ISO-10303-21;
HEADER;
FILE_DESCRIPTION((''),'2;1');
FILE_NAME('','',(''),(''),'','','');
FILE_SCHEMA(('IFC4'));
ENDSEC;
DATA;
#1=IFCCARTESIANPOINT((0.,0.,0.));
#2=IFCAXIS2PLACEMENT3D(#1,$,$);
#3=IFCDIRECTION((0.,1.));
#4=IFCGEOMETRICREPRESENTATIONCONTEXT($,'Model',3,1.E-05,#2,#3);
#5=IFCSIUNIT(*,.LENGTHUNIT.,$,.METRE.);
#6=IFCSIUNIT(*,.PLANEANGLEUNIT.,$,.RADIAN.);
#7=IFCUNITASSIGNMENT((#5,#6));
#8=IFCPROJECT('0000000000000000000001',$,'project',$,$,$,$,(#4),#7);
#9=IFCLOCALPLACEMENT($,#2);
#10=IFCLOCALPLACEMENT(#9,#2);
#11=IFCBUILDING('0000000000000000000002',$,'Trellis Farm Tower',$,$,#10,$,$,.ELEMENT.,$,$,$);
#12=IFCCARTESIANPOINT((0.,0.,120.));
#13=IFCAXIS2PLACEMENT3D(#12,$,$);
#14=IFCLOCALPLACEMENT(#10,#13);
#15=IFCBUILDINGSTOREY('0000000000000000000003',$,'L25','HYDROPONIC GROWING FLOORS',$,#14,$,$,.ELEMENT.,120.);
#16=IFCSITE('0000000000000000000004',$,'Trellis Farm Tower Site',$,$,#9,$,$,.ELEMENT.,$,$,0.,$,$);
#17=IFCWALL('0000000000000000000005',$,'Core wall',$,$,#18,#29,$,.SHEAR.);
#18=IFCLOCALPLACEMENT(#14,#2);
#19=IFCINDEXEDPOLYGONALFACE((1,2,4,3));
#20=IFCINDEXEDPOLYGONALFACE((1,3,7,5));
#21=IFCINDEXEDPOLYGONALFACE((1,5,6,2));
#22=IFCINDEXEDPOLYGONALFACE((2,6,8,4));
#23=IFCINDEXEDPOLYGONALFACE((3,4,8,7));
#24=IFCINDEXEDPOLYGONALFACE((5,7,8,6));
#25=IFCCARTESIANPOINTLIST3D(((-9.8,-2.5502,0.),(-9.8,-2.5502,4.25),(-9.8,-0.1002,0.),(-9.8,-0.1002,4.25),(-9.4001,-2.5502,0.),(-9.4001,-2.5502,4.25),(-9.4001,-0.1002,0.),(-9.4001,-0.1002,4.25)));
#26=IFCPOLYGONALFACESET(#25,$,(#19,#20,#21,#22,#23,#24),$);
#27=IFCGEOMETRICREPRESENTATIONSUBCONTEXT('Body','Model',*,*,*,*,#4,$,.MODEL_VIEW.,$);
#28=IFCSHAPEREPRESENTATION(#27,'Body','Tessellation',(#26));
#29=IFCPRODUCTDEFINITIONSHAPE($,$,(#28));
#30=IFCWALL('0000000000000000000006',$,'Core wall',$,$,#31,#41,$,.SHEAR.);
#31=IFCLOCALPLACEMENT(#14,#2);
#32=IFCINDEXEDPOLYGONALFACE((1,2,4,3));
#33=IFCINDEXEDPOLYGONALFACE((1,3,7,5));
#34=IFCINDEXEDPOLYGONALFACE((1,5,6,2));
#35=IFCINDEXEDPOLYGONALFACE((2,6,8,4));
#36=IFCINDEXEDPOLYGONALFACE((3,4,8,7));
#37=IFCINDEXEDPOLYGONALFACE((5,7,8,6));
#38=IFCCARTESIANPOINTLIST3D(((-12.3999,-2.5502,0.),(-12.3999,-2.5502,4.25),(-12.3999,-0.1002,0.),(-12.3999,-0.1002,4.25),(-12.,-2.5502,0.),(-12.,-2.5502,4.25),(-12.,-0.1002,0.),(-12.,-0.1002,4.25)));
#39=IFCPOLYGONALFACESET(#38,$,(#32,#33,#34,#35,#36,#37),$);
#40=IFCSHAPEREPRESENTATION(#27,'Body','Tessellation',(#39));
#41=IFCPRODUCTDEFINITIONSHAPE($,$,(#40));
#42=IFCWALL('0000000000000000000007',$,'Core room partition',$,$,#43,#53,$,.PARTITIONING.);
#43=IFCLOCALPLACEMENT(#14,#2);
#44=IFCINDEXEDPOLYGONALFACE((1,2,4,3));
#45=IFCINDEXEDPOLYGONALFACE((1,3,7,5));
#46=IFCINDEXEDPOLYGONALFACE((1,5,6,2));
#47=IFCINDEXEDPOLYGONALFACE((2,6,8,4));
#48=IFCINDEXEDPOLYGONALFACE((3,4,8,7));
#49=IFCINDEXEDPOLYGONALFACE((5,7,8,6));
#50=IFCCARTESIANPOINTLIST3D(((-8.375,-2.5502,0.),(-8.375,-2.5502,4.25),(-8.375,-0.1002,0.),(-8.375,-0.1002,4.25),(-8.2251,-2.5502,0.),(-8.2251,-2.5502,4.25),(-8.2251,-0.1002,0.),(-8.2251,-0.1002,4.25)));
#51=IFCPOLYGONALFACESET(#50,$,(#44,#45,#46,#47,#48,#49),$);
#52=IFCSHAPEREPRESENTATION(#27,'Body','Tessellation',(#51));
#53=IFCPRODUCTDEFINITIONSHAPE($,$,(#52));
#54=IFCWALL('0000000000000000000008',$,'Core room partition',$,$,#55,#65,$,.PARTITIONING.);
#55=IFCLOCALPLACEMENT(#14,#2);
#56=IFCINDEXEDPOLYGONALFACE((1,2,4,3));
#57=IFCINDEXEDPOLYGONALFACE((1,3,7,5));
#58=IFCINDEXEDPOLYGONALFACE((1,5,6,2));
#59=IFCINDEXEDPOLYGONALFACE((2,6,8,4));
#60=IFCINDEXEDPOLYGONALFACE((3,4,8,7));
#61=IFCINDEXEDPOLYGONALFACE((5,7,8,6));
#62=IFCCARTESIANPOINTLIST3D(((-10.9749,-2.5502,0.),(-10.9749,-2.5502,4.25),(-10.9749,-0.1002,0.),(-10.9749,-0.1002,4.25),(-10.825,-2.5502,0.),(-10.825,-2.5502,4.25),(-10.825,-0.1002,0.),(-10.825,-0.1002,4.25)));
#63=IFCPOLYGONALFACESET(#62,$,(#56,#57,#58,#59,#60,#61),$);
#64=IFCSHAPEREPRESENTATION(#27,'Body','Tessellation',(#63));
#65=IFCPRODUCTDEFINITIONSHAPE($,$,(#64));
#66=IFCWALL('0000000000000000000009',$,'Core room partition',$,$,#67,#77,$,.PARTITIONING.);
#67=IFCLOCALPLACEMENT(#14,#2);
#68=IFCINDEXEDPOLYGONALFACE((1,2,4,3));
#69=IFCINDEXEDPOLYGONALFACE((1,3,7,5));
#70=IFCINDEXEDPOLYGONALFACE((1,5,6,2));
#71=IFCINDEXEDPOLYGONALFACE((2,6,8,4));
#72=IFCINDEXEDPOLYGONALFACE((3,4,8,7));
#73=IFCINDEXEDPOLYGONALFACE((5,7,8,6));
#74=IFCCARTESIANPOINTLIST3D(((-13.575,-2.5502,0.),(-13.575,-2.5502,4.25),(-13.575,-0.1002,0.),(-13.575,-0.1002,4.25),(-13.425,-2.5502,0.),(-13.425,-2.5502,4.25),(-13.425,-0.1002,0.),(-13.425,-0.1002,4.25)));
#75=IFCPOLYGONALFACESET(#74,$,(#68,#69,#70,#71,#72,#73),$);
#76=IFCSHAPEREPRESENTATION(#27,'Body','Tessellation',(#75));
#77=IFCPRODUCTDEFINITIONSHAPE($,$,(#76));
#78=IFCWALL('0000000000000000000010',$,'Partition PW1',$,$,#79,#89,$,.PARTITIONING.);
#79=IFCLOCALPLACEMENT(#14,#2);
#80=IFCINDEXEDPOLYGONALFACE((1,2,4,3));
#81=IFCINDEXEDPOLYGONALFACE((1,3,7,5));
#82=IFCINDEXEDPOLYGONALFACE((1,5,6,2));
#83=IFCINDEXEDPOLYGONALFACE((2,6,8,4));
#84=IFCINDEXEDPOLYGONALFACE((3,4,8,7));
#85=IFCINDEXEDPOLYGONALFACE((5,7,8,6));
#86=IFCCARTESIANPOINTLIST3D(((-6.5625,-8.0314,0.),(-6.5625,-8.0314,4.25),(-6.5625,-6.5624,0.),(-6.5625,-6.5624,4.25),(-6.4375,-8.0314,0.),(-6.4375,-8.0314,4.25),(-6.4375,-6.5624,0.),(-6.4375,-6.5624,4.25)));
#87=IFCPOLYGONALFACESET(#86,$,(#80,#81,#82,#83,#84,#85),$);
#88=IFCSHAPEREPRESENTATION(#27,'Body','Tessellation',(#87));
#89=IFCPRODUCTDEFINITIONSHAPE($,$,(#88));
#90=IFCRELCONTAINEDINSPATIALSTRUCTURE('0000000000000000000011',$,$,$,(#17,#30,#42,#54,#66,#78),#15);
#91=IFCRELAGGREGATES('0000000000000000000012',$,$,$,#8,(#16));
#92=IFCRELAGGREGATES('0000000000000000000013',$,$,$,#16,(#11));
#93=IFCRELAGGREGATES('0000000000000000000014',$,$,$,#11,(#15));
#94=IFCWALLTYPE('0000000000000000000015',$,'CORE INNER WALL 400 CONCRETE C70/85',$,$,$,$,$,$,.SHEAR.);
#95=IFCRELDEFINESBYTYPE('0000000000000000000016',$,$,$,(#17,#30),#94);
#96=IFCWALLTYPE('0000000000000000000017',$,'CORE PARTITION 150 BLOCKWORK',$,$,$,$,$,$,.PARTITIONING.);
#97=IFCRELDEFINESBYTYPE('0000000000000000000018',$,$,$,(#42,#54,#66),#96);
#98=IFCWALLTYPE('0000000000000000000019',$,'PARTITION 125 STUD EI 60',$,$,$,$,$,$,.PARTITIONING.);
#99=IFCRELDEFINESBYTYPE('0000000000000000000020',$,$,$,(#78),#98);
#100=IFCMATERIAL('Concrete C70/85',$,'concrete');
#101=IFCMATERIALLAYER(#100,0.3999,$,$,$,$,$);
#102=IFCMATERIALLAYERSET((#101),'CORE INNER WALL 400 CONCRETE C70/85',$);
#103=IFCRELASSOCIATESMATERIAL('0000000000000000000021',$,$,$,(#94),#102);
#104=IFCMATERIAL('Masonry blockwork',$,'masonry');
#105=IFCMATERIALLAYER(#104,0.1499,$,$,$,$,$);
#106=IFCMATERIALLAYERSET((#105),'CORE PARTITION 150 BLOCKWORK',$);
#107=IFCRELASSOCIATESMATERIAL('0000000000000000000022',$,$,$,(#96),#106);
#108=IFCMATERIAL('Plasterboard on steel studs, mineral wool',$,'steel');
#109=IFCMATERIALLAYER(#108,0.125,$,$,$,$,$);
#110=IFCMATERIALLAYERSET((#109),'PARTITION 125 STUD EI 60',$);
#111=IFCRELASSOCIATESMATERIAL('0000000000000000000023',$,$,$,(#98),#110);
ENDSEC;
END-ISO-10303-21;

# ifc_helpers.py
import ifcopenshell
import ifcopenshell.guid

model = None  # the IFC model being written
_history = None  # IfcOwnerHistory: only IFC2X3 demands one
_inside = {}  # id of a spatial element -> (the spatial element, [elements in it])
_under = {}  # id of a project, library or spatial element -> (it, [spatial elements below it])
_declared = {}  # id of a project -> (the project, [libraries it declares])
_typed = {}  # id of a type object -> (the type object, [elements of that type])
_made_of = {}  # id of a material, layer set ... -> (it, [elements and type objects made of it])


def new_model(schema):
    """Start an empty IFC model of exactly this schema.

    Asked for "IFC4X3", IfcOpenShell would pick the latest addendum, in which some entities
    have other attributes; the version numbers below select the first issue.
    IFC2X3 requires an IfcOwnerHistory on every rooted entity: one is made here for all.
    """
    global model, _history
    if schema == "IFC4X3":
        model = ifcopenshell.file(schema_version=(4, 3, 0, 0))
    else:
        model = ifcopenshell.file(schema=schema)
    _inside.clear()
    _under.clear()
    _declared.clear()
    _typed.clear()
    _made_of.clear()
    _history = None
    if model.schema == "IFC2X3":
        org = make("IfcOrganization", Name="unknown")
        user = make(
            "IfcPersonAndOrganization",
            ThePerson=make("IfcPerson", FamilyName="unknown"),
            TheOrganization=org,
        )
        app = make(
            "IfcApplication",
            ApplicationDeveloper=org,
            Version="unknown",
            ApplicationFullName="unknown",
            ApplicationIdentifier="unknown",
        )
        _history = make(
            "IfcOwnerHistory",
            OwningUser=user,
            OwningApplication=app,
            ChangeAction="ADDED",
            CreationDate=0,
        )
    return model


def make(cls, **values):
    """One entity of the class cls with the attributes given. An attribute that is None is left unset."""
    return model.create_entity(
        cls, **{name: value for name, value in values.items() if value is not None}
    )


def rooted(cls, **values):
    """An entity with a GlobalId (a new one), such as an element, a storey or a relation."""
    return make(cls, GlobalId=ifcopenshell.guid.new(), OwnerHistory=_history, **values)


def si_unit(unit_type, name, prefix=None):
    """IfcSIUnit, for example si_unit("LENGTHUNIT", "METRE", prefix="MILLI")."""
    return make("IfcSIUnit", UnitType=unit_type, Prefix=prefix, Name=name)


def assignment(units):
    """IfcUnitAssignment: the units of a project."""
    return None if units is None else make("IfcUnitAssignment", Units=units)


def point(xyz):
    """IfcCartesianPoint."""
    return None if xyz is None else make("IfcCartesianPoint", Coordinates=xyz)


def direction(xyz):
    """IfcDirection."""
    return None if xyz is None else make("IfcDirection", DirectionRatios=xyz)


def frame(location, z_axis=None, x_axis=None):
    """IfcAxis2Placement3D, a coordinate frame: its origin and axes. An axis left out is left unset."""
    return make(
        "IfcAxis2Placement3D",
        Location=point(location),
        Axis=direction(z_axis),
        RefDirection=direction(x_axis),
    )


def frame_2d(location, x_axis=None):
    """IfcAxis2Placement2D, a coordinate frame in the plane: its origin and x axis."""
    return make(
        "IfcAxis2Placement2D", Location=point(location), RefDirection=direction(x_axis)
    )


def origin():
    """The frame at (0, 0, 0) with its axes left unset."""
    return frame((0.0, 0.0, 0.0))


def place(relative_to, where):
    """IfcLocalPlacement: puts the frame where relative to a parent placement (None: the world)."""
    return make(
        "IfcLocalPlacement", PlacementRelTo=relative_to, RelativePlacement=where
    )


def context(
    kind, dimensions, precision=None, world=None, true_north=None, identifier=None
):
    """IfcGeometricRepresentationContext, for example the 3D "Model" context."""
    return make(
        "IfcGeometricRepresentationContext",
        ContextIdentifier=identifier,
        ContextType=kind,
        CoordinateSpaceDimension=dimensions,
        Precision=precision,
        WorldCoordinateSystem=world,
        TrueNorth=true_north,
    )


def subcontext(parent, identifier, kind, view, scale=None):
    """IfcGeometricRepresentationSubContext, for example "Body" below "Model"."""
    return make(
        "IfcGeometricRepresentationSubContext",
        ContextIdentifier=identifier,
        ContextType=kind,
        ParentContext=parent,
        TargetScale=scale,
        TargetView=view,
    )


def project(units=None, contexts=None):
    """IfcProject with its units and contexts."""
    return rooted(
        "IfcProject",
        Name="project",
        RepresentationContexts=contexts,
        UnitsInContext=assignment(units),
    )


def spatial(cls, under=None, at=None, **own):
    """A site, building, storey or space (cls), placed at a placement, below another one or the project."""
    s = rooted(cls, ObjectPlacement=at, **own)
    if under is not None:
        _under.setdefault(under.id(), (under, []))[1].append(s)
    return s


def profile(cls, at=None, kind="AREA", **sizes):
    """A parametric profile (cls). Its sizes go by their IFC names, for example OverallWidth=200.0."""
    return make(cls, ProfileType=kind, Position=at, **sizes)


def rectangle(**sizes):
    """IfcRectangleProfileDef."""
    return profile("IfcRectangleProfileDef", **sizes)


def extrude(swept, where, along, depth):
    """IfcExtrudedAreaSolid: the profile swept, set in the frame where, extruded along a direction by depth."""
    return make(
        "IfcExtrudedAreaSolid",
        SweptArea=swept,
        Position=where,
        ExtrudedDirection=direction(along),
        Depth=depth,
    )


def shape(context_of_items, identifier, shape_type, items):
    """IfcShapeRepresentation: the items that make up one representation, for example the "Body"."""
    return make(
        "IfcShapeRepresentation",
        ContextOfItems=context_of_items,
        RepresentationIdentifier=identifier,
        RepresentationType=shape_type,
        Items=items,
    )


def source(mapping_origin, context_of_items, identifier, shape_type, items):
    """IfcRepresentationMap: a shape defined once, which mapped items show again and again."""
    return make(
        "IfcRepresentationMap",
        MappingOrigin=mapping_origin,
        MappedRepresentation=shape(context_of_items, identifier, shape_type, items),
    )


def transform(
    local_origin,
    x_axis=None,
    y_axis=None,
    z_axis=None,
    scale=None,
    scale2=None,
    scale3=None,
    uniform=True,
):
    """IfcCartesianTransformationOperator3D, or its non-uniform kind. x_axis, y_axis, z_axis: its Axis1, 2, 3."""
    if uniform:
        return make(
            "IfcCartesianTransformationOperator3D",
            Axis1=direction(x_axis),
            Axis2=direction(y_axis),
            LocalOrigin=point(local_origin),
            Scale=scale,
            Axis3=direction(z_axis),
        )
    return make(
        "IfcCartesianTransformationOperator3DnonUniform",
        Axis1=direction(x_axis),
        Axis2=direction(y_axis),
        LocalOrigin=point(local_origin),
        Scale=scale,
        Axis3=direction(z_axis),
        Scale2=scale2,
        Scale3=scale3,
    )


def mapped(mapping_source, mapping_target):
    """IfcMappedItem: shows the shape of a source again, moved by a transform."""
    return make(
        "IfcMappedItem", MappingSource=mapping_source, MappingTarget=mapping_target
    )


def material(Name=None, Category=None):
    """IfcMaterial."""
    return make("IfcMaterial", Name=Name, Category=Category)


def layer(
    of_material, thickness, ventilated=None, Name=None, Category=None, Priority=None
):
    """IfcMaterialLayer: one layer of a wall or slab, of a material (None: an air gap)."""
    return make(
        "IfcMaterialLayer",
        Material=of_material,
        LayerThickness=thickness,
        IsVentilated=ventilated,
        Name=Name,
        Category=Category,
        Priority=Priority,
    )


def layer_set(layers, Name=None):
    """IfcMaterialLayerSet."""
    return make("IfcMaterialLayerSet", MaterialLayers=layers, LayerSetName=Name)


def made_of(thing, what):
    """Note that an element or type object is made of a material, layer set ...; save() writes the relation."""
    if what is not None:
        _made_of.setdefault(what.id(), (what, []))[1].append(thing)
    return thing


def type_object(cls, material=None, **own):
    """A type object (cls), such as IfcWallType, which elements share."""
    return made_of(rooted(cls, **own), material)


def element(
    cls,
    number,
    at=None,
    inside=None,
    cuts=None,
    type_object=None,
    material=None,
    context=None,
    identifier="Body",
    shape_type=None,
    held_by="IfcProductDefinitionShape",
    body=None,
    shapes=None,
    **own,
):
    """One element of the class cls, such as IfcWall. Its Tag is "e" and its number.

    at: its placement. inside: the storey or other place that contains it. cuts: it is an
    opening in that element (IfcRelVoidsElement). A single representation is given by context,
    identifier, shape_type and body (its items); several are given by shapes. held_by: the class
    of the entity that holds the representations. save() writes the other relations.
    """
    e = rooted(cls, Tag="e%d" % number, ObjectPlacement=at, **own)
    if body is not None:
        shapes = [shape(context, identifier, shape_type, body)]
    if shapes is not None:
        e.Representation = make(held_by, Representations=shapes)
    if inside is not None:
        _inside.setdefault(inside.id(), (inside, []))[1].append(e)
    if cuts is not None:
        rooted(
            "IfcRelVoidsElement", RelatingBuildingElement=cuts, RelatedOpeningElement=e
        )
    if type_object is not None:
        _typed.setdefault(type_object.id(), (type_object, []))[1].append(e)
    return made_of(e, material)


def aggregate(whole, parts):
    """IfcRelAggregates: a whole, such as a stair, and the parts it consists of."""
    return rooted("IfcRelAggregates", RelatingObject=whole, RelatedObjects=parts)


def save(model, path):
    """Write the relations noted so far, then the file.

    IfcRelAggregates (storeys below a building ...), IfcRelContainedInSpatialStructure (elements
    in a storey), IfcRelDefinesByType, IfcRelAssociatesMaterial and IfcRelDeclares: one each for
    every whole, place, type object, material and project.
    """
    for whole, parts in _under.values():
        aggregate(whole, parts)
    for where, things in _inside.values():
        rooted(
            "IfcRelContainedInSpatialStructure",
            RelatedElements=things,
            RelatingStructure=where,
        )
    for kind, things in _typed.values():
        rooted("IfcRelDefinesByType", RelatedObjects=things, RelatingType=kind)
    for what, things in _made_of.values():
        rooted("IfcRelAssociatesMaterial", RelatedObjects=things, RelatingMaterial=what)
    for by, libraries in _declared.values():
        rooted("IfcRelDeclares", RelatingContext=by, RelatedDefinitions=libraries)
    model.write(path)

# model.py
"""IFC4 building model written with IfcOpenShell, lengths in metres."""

from ifc_helpers import new_model, si_unit, direction, frame, frame_2d, origin, place, context, subcontext, project, spatial, rectangle, extrude, source, transform, mapped, material, layer, layer_set, type_object, element, save


model = new_model("IFC4")

# Units and contexts
model_context = context("Model", 3, precision=1e-05, world=origin(), true_north=direction((0.0, 1.0)))
body_context = subcontext(model_context, "Body", "Model", "MODEL_VIEW")
ifc_project = project(units=[si_unit("LENGTHUNIT", "METRE"), si_unit("PLANEANGLEUNIT", "RADIAN")], contexts=[model_context])

# Site, building, storey
site_placement = place(None, origin())
site = spatial("IfcSite", under=ifc_project, at=site_placement, Name="Trellis Farm Tower Site", CompositionType="ELEMENT", RefElevation=0.0)
building_placement = place(site_placement, origin())
building = spatial("IfcBuilding", under=site, at=building_placement, Name="Trellis Farm Tower", CompositionType="ELEMENT")
storey_placement = place(building_placement, frame((0.0, 0.0, 120.0)))
storey = spatial("IfcBuildingStorey", under=building, at=storey_placement, Name="L25", Description="HYDROPONIC GROWING FLOORS", CompositionType="ELEMENT", Elevation=120.0)

# Walls
ifc_material_1 = material(Name="Concrete C70/85", Category="concrete")
ifc_layer_1 = layer(ifc_material_1, 0.3999)
ifc_layer_set_1 = layer_set([ifc_layer_1], Name="CORE INNER WALL 400 CONCRETE C70/85")
wall_type_1 = type_object("IfcWallType", Name="CORE INNER WALL 400 CONCRETE C70/85", PredefinedType="SHEAR", material=ifc_layer_set_1)
shared_shape_1 = source(origin(), body_context, "Body", "SweptSolid", [
    extrude(rectangle(XDim=2.45, YDim=0.3999, at=frame_2d((1.2251, 0.0))), origin(), (0.0, 0.0, 1.0), 4.25),
])
for number, where, z_axis, x_axis, name in (
    (1, (-9.6001, -0.1001, 0.0), (0.0, 0.0, 1.0), (0.0, -1.0, 0.0), "Core wall"),
    (2, (-12.2, -0.1001, 0.0), (0.0, 0.0, 1.0), (0.0, -1.0, 0.0), "Core wall"),
):
    element("IfcWall", number, at=place(storey_placement, frame(where, z_axis=z_axis, x_axis=x_axis)), inside=storey, type_object=wall_type_1, Name=name, PredefinedType="SHEAR", context=body_context, shape_type="MappedRepresentation", body=[
        mapped(shared_shape_1, transform((0.0, 0.0, 0.0))),
    ])

# Walls
ifc_material_2 = material(Name="Masonry blockwork", Category="masonry")
ifc_layer_2 = layer(ifc_material_2, 0.1499)
ifc_layer_set_2 = layer_set([ifc_layer_2], Name="CORE PARTITION 150 BLOCKWORK")
wall_type_2 = type_object("IfcWallType", Name="CORE PARTITION 150 BLOCKWORK", PredefinedType="PARTITIONING", material=ifc_layer_set_2)
shared_shape_2 = source(origin(), body_context, "Body", "SweptSolid", [
    extrude(rectangle(XDim=2.45, YDim=0.1499, at=frame_2d((1.2251, 0.0))), origin(), (0.0, 0.0, 1.0), 4.25),
])
for number, where, z_axis, x_axis, name in (
    (3, (-8.3, -0.1001, 0.0), (0.0, 0.0, 1.0), (0.0, -1.0, 0.0), "Core room partition"),
    (4, (-10.8999, -0.1001, 0.0), (0.0, 0.0, 1.0), (0.0, -1.0, 0.0), "Core room partition"),
    (5, (-13.5, -0.1001, 0.0), (0.0, 0.0, 1.0), (0.0, -1.0, 0.0), "Core room partition"),
):
    element("IfcWall", number, at=place(storey_placement, frame(where, z_axis=z_axis, x_axis=x_axis)), inside=storey, type_object=wall_type_2, Name=name, PredefinedType="PARTITIONING", context=body_context, shape_type="MappedRepresentation", body=[
        mapped(shared_shape_2, transform((0.0, 0.0, 0.0))),
    ])
ifc_material_3 = material(Name="Plasterboard on steel studs, mineral wool", Category="steel")
ifc_layer_3 = layer(ifc_material_3, 0.125)
ifc_layer_set_3 = layer_set([ifc_layer_3], Name="PARTITION 125 STUD EI 60")
wall_type_3 = type_object("IfcWallType", Name="PARTITION 125 STUD EI 60", PredefinedType="PARTITIONING", material=ifc_layer_set_3)
shared_shape_3 = source(origin(), body_context, "Body", "SweptSolid", [
    extrude(rectangle(XDim=1.469, YDim=0.125, at=frame_2d((0.7344, 0.0))), origin(), (0.0, 0.0, 1.0), 4.25),
])
wall_1_placement = place(storey_placement, frame((-6.5, -6.5625, 0.0), z_axis=(0.0, 0.0, 1.0), x_axis=(0.0, -1.0, 0.0)))
element("IfcWall", 6, at=wall_1_placement, inside=storey, type_object=wall_type_3, Name="Partition PW1", PredefinedType="PARTITIONING", context=body_context, shape_type="MappedRepresentation", body=[
    mapped(shared_shape_3, transform((0.0, 0.0, 0.0))),
])

save(model, "model.ifc")
